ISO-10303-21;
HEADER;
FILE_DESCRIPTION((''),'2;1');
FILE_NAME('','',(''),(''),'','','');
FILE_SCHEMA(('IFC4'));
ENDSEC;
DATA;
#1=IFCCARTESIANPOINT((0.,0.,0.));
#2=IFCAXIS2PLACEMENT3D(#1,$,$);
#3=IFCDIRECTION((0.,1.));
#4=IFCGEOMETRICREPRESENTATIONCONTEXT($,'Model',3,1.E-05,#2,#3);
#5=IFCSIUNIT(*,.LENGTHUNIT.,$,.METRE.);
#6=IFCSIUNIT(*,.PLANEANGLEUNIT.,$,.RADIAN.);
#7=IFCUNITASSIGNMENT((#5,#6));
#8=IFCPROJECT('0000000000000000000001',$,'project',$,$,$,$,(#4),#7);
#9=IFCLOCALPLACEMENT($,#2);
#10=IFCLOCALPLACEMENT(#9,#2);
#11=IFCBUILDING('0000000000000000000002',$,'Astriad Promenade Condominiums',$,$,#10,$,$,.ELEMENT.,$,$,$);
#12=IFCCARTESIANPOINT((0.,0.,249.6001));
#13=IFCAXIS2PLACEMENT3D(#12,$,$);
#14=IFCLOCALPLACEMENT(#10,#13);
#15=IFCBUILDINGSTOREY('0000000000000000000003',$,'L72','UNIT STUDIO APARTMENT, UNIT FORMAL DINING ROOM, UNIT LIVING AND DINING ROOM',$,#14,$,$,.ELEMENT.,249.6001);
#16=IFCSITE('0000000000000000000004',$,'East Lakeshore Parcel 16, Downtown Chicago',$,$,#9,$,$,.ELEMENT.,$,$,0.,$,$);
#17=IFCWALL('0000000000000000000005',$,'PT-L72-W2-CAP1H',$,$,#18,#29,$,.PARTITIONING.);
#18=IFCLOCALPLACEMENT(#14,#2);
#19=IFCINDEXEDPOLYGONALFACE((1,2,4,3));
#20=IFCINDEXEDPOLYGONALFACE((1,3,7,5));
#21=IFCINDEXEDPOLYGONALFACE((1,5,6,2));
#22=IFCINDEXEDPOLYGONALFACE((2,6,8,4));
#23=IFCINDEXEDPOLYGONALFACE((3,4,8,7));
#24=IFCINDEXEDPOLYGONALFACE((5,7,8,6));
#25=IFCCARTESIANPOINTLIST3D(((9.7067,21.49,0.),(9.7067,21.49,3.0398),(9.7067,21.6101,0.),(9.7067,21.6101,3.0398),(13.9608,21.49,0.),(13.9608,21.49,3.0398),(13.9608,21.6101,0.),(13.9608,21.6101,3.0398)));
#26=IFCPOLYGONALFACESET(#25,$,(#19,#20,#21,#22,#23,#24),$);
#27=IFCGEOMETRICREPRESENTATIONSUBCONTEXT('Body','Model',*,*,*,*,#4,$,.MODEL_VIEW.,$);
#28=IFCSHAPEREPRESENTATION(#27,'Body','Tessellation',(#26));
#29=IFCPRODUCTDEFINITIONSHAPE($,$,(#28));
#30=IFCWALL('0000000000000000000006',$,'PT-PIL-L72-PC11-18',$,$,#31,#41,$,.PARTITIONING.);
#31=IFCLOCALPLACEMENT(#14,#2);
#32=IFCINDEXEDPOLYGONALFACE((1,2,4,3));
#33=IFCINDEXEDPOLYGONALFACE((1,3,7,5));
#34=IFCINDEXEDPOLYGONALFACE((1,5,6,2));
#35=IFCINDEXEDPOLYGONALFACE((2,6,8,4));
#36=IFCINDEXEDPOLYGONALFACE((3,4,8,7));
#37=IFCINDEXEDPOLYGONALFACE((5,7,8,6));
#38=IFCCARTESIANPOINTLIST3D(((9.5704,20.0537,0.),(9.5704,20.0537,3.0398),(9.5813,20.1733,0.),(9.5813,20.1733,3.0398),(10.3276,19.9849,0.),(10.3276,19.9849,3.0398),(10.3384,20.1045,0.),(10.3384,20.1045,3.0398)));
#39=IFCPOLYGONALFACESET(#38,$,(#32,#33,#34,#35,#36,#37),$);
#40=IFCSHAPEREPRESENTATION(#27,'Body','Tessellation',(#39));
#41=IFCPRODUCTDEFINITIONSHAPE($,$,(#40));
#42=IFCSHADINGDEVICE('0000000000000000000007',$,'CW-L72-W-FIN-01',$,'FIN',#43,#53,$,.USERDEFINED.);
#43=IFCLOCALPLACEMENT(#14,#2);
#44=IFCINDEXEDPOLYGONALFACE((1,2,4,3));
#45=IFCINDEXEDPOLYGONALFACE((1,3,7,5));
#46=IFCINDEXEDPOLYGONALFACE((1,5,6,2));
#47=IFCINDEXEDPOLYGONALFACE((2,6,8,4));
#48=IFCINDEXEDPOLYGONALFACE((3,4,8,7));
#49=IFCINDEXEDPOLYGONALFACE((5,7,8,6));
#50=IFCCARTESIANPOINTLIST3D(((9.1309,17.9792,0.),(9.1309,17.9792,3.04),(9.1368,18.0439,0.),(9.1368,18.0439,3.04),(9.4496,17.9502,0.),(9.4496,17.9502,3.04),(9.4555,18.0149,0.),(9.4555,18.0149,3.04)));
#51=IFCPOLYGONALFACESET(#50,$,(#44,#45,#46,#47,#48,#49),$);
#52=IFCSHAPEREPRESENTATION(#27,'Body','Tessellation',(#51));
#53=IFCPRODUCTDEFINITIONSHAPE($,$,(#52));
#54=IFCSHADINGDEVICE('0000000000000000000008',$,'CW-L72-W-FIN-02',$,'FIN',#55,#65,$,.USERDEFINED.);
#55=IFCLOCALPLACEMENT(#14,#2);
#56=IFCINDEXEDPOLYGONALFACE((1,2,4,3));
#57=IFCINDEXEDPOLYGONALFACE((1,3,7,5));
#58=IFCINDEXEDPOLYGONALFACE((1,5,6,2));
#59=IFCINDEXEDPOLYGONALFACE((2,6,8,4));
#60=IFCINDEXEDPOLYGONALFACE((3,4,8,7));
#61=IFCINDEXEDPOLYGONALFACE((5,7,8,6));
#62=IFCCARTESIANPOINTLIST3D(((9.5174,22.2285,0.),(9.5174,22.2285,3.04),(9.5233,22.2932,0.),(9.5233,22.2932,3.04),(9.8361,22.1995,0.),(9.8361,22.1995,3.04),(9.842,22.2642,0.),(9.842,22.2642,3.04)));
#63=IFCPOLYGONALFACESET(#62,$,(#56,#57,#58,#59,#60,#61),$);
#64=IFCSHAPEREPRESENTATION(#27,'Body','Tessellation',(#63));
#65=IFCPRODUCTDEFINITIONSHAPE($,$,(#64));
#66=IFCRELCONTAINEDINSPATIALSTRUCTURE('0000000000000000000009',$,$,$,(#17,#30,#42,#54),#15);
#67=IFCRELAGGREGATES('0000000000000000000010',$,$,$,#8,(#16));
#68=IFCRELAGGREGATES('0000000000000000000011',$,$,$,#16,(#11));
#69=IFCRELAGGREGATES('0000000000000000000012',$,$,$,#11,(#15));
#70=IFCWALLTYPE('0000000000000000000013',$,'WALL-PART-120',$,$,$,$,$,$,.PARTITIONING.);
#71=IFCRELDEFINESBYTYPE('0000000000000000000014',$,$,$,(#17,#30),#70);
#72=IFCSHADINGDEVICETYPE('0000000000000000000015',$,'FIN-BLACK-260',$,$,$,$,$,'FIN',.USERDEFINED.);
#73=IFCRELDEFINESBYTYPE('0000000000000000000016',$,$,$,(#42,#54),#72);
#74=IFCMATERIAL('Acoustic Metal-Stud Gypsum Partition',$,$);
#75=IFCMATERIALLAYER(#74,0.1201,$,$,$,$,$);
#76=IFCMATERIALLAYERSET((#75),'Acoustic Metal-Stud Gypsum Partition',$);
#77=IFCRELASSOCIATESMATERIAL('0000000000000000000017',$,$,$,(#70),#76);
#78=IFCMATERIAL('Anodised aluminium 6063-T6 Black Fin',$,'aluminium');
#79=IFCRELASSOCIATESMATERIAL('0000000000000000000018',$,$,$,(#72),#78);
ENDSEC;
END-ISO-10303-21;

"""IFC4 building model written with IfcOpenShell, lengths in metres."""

from ifc_helpers import new_model, si_unit, direction, frame, frame_2d, origin, origin_2d, place, context, subcontext, project, spatial, rectangle, extrude, source, transform, mapped, material, layer, layer_set, type_object, type_shapes, element, save


model = new_model("IFC4")

# Units and contexts
model_context = context("Model", 3, precision=1e-05, world=origin(), true_north=direction((0.0, 1.0)))
body_context = subcontext(model_context, "Body", "Model", "MODEL_VIEW")
ifc_project = project(units=[si_unit("LENGTHUNIT", "METRE"), si_unit("PLANEANGLEUNIT", "RADIAN")], contexts=[model_context])

# Site, building, storey
site_placement = place(None, origin())
site = spatial("IfcSite", under=ifc_project, at=site_placement, Name="East Lakeshore Parcel 16, Downtown Chicago", CompositionType="ELEMENT", RefElevation=0.0)
building_placement = place(site_placement, origin())
building = spatial("IfcBuilding", under=site, at=building_placement, Name="Astriad Promenade Condominiums", CompositionType="ELEMENT")
storey_placement = place(building_placement, frame((0.0, 0.0, 249.6001)))
storey = spatial("IfcBuildingStorey", under=building, at=storey_placement, Name="L72", Description="UNIT STUDIO APARTMENT, UNIT FORMAL DINING ROOM, UNIT LIVING AND DINING ROOM", CompositionType="ELEMENT", Elevation=249.6001)

# Walls
ifc_material_1 = material(Name="Acoustic Metal-Stud Gypsum Partition")
ifc_layer_1 = layer(ifc_material_1, 0.1201)
ifc_layer_set_1 = layer_set([ifc_layer_1], Name="Acoustic Metal-Stud Gypsum Partition")
wall_type_1 = type_object("IfcWallType", Name="WALL-PART-120", PredefinedType="PARTITIONING", material=ifc_layer_set_1)
wall_1_placement = place(storey_placement, frame((9.7068, 21.55, 0.0), z_axis=(0.0, 0.0, 1.0), x_axis=(1.0, 0.0, 0.0)))
element("IfcWall", 1, at=wall_1_placement, inside=storey, type_object=wall_type_1, Name="PT-L72-W2-CAP1H", PredefinedType="PARTITIONING", context=body_context, shape_type="SweptSolid", body=[
    extrude(rectangle(XDim=4.2542, YDim=0.1201, at=frame_2d((2.127, 0.0))), origin(), (0.0, 0.0, 1.0), 3.0398),
])
wall_2_placement = place(storey_placement, frame((10.333, 20.0447, 0.0), z_axis=(0.0, 0.0, 1.0), x_axis=(-0.995891, 0.090565, 0.0)))
element("IfcWall", 2, at=wall_2_placement, inside=storey, type_object=wall_type_1, Name="PT-PIL-L72-PC11-18", PredefinedType="PARTITIONING", context=body_context, shape_type="SweptSolid", body=[
    extrude(rectangle(XDim=0.7603, YDim=0.1201, at=frame_2d((0.3801, 0.0))), origin(), (0.0, 0.0, 1.0), 3.0398),
])

# Shading devices
ifc_material_2 = material(Name="Anodised aluminium 6063-T6 Black Fin", Category="aluminium")
shading_device_type = type_object("IfcShadingDeviceType", Name="FIN-BLACK-260", ElementType="FIN", PredefinedType="USERDEFINED", material=ifc_material_2)
shared_shape_1 = source(origin(), body_context, "Body", "SweptSolid", [
    extrude(rectangle(XDim=0.0649, YDim=0.3201, at=origin_2d()), origin(), (0.0, 0.0, 1.0), 3.04),
])
type_shapes(shading_device_type, [shared_shape_1])
for number, where, z_axis, x_axis, name in (
    (3, (9.2932, 17.9971, 0.0), (0.0, 0.0, 1.0), (0.090633, 0.995884, 0.0), "CW-L72-W-FIN-01"),
    (4, (9.6797, 22.2463, 0.0), (0.0, 0.0, 1.0), (0.090633, 0.995884, 0.0), "CW-L72-W-FIN-02"),
):
    element("IfcShadingDevice", number, at=place(storey_placement, frame(where, z_axis=z_axis, x_axis=x_axis)), inside=storey, type_object=shading_device_type, Name=name, ObjectType="FIN", PredefinedType="USERDEFINED", context=body_context, shape_type="MappedRepresentation", body=[
        mapped(shared_shape_1, transform((0.0, 0.0, 0.0), scale=1.0)),
    ])

save(model, "model.ifc")
